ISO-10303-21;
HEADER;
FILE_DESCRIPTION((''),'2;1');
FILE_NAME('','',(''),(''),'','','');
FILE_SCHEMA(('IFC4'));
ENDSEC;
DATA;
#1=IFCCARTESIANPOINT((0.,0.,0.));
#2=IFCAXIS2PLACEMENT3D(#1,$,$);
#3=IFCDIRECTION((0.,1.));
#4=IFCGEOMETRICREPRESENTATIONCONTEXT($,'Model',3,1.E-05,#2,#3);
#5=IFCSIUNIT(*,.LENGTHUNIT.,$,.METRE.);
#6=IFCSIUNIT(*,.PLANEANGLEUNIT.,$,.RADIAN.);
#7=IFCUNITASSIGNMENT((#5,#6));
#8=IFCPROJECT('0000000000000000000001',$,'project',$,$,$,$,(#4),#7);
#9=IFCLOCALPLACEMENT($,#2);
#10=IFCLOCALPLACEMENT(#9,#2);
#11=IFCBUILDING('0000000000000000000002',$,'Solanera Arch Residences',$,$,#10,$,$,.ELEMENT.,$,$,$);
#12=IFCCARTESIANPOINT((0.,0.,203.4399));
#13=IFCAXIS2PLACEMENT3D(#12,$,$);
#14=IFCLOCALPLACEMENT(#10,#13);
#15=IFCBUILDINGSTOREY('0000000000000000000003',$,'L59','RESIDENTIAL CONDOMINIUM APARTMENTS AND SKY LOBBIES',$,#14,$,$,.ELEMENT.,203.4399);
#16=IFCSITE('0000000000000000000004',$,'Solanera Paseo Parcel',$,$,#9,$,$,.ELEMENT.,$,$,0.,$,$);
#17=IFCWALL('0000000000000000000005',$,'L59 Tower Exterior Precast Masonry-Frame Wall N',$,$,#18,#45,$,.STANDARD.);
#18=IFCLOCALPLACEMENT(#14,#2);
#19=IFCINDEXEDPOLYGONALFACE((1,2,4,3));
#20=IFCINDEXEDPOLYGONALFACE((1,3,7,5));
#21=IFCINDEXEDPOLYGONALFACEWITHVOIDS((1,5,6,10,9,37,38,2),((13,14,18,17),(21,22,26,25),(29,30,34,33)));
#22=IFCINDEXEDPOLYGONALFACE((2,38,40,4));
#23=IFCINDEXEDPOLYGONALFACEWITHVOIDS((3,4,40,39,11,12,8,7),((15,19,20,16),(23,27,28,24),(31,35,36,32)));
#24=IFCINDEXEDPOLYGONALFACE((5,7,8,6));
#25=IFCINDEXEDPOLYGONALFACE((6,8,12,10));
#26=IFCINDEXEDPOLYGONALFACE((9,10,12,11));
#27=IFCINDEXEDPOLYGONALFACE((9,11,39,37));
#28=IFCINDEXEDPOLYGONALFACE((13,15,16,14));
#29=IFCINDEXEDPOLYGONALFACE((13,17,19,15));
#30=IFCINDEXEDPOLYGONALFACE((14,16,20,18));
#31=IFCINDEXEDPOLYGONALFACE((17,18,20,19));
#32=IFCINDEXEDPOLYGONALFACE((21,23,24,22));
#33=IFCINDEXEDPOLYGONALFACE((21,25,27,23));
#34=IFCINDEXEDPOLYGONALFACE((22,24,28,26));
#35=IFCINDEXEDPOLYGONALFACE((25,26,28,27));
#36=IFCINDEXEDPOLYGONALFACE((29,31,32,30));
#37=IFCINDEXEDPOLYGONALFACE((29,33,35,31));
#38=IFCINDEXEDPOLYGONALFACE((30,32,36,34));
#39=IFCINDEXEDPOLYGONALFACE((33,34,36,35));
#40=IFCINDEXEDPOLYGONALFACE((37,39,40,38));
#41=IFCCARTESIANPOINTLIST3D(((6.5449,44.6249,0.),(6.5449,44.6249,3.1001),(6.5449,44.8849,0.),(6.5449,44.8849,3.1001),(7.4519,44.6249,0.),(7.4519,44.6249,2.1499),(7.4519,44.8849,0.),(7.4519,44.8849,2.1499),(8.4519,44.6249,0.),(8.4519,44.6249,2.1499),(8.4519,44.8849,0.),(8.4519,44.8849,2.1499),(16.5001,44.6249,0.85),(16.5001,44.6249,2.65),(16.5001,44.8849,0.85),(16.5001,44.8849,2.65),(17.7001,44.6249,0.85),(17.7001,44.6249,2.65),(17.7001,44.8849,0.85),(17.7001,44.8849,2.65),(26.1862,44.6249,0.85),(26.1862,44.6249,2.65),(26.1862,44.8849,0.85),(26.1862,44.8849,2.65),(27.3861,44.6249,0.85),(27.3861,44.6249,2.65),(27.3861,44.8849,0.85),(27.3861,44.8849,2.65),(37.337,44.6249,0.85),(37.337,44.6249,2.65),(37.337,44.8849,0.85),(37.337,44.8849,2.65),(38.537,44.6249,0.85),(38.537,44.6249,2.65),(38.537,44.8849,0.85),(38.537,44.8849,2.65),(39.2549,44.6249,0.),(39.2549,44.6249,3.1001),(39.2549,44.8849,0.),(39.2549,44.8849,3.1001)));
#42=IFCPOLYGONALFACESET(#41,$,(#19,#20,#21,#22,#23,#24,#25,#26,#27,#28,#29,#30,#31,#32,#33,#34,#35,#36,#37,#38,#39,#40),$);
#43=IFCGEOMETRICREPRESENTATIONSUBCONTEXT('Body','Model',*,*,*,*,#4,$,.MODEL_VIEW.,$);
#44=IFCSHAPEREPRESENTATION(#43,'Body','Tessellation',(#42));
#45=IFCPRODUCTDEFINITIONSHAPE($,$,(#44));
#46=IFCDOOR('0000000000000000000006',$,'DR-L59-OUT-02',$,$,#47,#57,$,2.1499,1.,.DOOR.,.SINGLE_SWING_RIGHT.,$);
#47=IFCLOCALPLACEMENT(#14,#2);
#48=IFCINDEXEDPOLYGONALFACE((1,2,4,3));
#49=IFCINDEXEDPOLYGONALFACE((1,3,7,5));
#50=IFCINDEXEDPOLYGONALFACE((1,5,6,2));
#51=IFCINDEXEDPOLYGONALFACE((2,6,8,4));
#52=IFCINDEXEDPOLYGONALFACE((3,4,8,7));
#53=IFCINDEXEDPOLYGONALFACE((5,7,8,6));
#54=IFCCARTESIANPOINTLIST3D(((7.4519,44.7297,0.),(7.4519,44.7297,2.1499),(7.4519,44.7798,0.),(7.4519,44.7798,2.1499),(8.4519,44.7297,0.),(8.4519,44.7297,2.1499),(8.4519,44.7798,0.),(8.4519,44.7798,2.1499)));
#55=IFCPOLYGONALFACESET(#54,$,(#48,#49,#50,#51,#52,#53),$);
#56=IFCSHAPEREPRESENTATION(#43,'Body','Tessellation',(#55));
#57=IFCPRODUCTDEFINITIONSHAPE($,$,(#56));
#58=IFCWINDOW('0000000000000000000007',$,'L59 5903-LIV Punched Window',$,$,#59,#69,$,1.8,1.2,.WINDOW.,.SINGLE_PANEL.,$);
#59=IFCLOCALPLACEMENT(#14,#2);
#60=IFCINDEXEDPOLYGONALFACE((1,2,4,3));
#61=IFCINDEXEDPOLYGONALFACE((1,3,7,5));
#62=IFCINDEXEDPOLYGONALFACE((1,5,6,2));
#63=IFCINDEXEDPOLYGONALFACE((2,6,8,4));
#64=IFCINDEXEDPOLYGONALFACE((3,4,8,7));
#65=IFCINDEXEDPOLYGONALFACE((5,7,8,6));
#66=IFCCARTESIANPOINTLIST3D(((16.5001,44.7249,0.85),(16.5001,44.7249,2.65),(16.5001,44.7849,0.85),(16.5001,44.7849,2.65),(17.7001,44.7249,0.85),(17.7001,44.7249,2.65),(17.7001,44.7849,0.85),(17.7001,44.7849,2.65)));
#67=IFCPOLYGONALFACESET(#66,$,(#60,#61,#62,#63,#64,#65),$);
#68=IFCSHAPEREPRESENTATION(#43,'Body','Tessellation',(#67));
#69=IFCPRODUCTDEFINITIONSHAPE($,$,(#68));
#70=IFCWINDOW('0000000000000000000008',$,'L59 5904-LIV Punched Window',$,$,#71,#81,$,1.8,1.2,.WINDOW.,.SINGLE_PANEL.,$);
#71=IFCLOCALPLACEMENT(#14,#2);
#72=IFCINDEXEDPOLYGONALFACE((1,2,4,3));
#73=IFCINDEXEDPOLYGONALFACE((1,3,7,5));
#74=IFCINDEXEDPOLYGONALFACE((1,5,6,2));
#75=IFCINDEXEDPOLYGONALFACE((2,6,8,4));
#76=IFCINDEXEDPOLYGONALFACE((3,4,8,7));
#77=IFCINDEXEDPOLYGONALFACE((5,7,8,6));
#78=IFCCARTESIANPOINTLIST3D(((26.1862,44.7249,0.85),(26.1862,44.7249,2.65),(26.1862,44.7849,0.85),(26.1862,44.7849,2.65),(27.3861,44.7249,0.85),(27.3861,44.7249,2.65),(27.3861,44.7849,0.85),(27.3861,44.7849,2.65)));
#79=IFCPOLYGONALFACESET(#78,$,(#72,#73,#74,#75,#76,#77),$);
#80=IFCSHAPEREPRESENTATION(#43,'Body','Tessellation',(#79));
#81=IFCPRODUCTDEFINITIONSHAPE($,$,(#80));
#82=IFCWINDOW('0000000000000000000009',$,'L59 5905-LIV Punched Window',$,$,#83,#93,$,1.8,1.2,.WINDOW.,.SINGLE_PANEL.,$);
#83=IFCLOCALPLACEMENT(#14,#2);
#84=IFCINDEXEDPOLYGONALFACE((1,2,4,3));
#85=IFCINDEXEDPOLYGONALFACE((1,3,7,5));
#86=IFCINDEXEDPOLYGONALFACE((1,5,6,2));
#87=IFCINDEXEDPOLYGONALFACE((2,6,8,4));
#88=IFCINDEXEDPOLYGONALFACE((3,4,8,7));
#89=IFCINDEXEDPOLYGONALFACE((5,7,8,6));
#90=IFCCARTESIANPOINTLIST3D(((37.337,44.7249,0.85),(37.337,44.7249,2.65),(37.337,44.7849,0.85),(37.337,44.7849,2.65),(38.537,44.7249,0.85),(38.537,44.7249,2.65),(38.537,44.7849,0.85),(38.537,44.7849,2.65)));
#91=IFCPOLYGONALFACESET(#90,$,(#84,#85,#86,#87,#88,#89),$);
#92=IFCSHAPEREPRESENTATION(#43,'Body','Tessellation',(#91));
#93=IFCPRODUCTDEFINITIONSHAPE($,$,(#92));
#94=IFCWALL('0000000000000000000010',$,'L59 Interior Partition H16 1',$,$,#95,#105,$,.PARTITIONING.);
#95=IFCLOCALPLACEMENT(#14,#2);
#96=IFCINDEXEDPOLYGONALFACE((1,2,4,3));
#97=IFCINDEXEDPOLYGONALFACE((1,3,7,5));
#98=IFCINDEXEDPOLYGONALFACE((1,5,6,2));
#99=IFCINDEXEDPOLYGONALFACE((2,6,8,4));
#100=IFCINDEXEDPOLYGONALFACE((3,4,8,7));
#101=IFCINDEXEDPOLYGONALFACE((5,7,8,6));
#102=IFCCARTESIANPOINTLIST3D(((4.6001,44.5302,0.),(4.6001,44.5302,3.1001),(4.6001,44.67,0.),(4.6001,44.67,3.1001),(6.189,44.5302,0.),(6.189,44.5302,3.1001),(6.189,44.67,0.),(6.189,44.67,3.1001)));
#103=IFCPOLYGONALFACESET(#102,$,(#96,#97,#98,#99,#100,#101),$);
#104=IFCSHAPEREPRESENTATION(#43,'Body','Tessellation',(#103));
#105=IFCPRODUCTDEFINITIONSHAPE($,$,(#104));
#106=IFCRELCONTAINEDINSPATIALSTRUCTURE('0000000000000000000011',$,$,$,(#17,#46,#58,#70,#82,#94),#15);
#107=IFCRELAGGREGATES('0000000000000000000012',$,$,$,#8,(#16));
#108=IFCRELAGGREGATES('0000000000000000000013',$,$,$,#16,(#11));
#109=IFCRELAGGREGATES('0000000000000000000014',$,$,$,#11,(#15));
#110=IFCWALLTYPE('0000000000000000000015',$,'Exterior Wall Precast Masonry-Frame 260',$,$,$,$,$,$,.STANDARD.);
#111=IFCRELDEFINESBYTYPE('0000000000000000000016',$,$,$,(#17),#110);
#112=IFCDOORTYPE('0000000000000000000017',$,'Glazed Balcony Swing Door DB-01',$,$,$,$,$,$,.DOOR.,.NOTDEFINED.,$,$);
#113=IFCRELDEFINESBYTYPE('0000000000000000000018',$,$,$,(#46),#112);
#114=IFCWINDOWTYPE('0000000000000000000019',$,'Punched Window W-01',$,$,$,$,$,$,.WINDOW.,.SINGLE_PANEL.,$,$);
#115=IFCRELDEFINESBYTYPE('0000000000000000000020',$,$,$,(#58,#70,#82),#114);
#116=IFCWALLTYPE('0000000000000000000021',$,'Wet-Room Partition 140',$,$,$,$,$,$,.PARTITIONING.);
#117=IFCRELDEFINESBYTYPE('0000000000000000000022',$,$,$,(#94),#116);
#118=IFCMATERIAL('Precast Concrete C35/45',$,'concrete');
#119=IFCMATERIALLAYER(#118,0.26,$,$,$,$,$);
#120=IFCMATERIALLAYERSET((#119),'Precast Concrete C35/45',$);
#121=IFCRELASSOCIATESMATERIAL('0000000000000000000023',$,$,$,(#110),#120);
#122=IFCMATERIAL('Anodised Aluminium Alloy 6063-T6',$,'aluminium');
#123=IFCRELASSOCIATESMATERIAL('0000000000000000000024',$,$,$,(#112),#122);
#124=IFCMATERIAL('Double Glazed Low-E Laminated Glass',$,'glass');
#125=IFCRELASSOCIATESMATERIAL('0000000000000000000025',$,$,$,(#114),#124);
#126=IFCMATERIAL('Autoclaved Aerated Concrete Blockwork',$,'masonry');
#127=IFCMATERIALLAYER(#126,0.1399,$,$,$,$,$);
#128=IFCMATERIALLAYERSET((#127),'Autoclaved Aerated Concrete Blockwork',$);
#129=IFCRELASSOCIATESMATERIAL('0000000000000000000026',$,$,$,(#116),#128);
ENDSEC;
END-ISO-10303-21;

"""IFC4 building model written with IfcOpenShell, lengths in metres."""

from ifc_helpers import new_model, si_unit, direction, frame, frame_2d, origin, place, context, subcontext, project, spatial, rectangle, extrude, material, layer, layer_set, type_object, element, fill, save


model = new_model("IFC4")

# Units and contexts
model_context = context("Model", 3, precision=1e-05, world=origin(), true_north=direction((0.0, 1.0)))
body_context = subcontext(model_context, "Body", "Model", "MODEL_VIEW")
ifc_project = project(units=[si_unit("LENGTHUNIT", "METRE"), si_unit("PLANEANGLEUNIT", "RADIAN")], contexts=[model_context])

# Site, building, storey
site_placement = place(None, origin())
site = spatial("IfcSite", under=ifc_project, at=site_placement, Name="Solanera Paseo Parcel", CompositionType="ELEMENT", RefElevation=0.0)
building_placement = place(site_placement, origin())
building = spatial("IfcBuilding", under=site, at=building_placement, Name="Solanera Arch Residences", CompositionType="ELEMENT")
storey_placement = place(building_placement, frame((0.0, 0.0, 203.4399)))
storey = spatial("IfcBuildingStorey", under=building, at=storey_placement, Name="L59", Description="RESIDENTIAL CONDOMINIUM APARTMENTS AND SKY LOBBIES", CompositionType="ELEMENT", Elevation=203.4399)

# Shared definitions
ifc_material_1 = material(Name="Precast Concrete C35/45", Category="concrete")
ifc_layer_1 = layer(ifc_material_1, 0.26)
ifc_layer_set_1 = layer_set([ifc_layer_1], Name="Precast Concrete C35/45")
wall_type_1 = type_object("IfcWallType", Name="Exterior Wall Precast Masonry-Frame 260", PredefinedType="STANDARD", material=ifc_layer_set_1)

# Wall, openings, door, windows
wall_1_placement = place(storey_placement, frame((6.5449, 44.7549, 0.0), z_axis=(0.0, 0.0, 1.0), x_axis=(1.0, 0.0, 0.0)))
wall_1 = element("IfcWall", 1, at=wall_1_placement, inside=storey, type_object=wall_type_1, Name="L59 Tower Exterior Precast Masonry-Frame Wall N", PredefinedType="STANDARD", context=body_context, shape_type="SweptSolid", body=[
    extrude(rectangle(XDim=32.71, YDim=0.26, at=frame_2d((16.355, 0.0))), origin(), (0.0, 0.0, 1.0), 3.1001),
])
opening_1_placement = place(wall_1_placement, frame((0.907, 0.0, 0.0)))
opening_1 = element("IfcOpeningElement", 2, at=opening_1_placement, cuts=wall_1, PredefinedType="OPENING", context=body_context, shape_type="SweptSolid", body=[
    extrude(rectangle(XDim=1.0, YDim=2.1499, at=frame_2d((0.5, 1.075))), frame((0.0, 0.1399, 0.0), z_axis=(0.0, -1.0, 0.0), x_axis=(1.0, 0.0, 0.0)), (0.0, 0.0, 1.0), 0.28),
])
opening_2_placement = place(wall_1_placement, frame((9.9551, 0.0, 0.8501)))
opening_2 = element("IfcOpeningElement", 3, at=opening_2_placement, cuts=wall_1, PredefinedType="OPENING", context=body_context, shape_type="SweptSolid", body=[
    extrude(rectangle(XDim=1.2, YDim=1.8, at=frame_2d((0.6001, 0.8999))), frame((0.0, 0.1399, 0.0), z_axis=(0.0, -1.0, 0.0), x_axis=(1.0, 0.0, 0.0)), (0.0, 0.0, 1.0), 0.28),
])
opening_3_placement = place(wall_1_placement, frame((19.6411, 0.0, 0.8501)))
opening_3 = element("IfcOpeningElement", 4, at=opening_3_placement, cuts=wall_1, PredefinedType="OPENING", context=body_context, shape_type="SweptSolid", body=[
    extrude(rectangle(XDim=1.2, YDim=1.8, at=frame_2d((0.6001, 0.8999))), frame((0.0, 0.1399, 0.0), z_axis=(0.0, -1.0, 0.0), x_axis=(1.0, 0.0, 0.0)), (0.0, 0.0, 1.0), 0.28),
])
opening_4_placement = place(wall_1_placement, frame((30.792, 0.0, 0.8501)))
opening_4 = element("IfcOpeningElement", 5, at=opening_4_placement, cuts=wall_1, PredefinedType="OPENING", context=body_context, shape_type="SweptSolid", body=[
    extrude(rectangle(XDim=1.2, YDim=1.8, at=frame_2d((0.6001, 0.8999))), frame((0.0, 0.1399, 0.0), z_axis=(0.0, -1.0, 0.0), x_axis=(1.0, 0.0, 0.0)), (0.0, 0.0, 1.0), 0.28),
])
ifc_material_2 = material(Name="Anodised Aluminium Alloy 6063-T6", Category="aluminium")
door_type_1 = type_object("IfcDoorType", Name="Glazed Balcony Swing Door DB-01", OperationType="NOTDEFINED", PredefinedType="DOOR", material=ifc_material_2)
door_1_placement = place(opening_1_placement, origin())
door_1 = element("IfcDoor", 6, at=door_1_placement, inside=storey, type_object=door_type_1, Name="DR-L59-OUT-02", OperationType="SINGLE_SWING_RIGHT", OverallHeight=2.1499, OverallWidth=1.0, PredefinedType="DOOR", context=body_context, shape_type="SweptSolid", body=[
    extrude(rectangle(XDim=1.0, YDim=2.1499, at=frame_2d((0.5, 1.075))), frame((0.0, 0.0249, 0.0), z_axis=(0.0, -1.0, 0.0), x_axis=(1.0, 0.0, 0.0)), (0.0, 0.0, 1.0), 0.05),
])
fill(opening_1, door_1)
ifc_material_3 = material(Name="Double Glazed Low-E Laminated Glass", Category="glass")
window_type = type_object("IfcWindowType", Name="Punched Window W-01", PartitioningType="SINGLE_PANEL", PredefinedType="WINDOW", material=ifc_material_3)
window_1_placement = place(opening_2_placement, origin())
window_1 = element("IfcWindow", 7, at=window_1_placement, inside=storey, type_object=window_type, Name="L59 5903-LIV Punched Window", OverallHeight=1.8, OverallWidth=1.2, PartitioningType="SINGLE_PANEL", PredefinedType="WINDOW", context=body_context, shape_type="SweptSolid", body=[
    extrude(rectangle(XDim=1.2, YDim=1.8, at=frame_2d((0.6001, 0.8999))), frame((0.0, 0.03, 0.0), z_axis=(0.0, -1.0, 0.0), x_axis=(1.0, 0.0, 0.0)), (0.0, 0.0, 1.0), 0.0601),
])
fill(opening_2, window_1)
window_2_placement = place(opening_3_placement, origin())
window_2 = element("IfcWindow", 8, at=window_2_placement, inside=storey, type_object=window_type, Name="L59 5904-LIV Punched Window", OverallHeight=1.8, OverallWidth=1.2, PartitioningType="SINGLE_PANEL", PredefinedType="WINDOW", context=body_context, shape_type="SweptSolid", body=[
    extrude(rectangle(XDim=1.2, YDim=1.8, at=frame_2d((0.6001, 0.8999))), frame((0.0, 0.03, 0.0), z_axis=(0.0, -1.0, 0.0), x_axis=(1.0, 0.0, 0.0)), (0.0, 0.0, 1.0), 0.0601),
])
fill(opening_3, window_2)
window_3_placement = place(opening_4_placement, origin())
window_3 = element("IfcWindow", 9, at=window_3_placement, inside=storey, type_object=window_type, Name="L59 5905-LIV Punched Window", OverallHeight=1.8, OverallWidth=1.2, PartitioningType="SINGLE_PANEL", PredefinedType="WINDOW", context=body_context, shape_type="SweptSolid", body=[
    extrude(rectangle(XDim=1.2, YDim=1.8, at=frame_2d((0.6001, 0.8999))), frame((0.0, 0.03, 0.0), z_axis=(0.0, -1.0, 0.0), x_axis=(1.0, 0.0, 0.0)), (0.0, 0.0, 1.0), 0.0601),
])
fill(opening_4, window_3)

# Wall
ifc_material_4 = material(Name="Autoclaved Aerated Concrete Blockwork", Category="masonry")
ifc_layer_2 = layer(ifc_material_4, 0.1399)
ifc_layer_set_2 = layer_set([ifc_layer_2], Name="Autoclaved Aerated Concrete Blockwork")
wall_type_2 = type_object("IfcWallType", Name="Wet-Room Partition 140", PredefinedType="PARTITIONING", material=ifc_layer_set_2)
wall_2_placement = place(storey_placement, frame((4.6001, 44.6001, 0.0), z_axis=(0.0, 0.0, 1.0), x_axis=(1.0, 0.0, 0.0)))
element("IfcWall", 10, at=wall_2_placement, inside=storey, type_object=wall_type_2, Name="L59 Interior Partition H16 1", PredefinedType="PARTITIONING", context=body_context, shape_type="SweptSolid", body=[
    extrude(rectangle(XDim=1.5889, YDim=0.1399, at=frame_2d((0.7944, 0.0))), origin(), (0.0, 0.0, 1.0), 3.1001),
])

save(model, "model.ifc")
